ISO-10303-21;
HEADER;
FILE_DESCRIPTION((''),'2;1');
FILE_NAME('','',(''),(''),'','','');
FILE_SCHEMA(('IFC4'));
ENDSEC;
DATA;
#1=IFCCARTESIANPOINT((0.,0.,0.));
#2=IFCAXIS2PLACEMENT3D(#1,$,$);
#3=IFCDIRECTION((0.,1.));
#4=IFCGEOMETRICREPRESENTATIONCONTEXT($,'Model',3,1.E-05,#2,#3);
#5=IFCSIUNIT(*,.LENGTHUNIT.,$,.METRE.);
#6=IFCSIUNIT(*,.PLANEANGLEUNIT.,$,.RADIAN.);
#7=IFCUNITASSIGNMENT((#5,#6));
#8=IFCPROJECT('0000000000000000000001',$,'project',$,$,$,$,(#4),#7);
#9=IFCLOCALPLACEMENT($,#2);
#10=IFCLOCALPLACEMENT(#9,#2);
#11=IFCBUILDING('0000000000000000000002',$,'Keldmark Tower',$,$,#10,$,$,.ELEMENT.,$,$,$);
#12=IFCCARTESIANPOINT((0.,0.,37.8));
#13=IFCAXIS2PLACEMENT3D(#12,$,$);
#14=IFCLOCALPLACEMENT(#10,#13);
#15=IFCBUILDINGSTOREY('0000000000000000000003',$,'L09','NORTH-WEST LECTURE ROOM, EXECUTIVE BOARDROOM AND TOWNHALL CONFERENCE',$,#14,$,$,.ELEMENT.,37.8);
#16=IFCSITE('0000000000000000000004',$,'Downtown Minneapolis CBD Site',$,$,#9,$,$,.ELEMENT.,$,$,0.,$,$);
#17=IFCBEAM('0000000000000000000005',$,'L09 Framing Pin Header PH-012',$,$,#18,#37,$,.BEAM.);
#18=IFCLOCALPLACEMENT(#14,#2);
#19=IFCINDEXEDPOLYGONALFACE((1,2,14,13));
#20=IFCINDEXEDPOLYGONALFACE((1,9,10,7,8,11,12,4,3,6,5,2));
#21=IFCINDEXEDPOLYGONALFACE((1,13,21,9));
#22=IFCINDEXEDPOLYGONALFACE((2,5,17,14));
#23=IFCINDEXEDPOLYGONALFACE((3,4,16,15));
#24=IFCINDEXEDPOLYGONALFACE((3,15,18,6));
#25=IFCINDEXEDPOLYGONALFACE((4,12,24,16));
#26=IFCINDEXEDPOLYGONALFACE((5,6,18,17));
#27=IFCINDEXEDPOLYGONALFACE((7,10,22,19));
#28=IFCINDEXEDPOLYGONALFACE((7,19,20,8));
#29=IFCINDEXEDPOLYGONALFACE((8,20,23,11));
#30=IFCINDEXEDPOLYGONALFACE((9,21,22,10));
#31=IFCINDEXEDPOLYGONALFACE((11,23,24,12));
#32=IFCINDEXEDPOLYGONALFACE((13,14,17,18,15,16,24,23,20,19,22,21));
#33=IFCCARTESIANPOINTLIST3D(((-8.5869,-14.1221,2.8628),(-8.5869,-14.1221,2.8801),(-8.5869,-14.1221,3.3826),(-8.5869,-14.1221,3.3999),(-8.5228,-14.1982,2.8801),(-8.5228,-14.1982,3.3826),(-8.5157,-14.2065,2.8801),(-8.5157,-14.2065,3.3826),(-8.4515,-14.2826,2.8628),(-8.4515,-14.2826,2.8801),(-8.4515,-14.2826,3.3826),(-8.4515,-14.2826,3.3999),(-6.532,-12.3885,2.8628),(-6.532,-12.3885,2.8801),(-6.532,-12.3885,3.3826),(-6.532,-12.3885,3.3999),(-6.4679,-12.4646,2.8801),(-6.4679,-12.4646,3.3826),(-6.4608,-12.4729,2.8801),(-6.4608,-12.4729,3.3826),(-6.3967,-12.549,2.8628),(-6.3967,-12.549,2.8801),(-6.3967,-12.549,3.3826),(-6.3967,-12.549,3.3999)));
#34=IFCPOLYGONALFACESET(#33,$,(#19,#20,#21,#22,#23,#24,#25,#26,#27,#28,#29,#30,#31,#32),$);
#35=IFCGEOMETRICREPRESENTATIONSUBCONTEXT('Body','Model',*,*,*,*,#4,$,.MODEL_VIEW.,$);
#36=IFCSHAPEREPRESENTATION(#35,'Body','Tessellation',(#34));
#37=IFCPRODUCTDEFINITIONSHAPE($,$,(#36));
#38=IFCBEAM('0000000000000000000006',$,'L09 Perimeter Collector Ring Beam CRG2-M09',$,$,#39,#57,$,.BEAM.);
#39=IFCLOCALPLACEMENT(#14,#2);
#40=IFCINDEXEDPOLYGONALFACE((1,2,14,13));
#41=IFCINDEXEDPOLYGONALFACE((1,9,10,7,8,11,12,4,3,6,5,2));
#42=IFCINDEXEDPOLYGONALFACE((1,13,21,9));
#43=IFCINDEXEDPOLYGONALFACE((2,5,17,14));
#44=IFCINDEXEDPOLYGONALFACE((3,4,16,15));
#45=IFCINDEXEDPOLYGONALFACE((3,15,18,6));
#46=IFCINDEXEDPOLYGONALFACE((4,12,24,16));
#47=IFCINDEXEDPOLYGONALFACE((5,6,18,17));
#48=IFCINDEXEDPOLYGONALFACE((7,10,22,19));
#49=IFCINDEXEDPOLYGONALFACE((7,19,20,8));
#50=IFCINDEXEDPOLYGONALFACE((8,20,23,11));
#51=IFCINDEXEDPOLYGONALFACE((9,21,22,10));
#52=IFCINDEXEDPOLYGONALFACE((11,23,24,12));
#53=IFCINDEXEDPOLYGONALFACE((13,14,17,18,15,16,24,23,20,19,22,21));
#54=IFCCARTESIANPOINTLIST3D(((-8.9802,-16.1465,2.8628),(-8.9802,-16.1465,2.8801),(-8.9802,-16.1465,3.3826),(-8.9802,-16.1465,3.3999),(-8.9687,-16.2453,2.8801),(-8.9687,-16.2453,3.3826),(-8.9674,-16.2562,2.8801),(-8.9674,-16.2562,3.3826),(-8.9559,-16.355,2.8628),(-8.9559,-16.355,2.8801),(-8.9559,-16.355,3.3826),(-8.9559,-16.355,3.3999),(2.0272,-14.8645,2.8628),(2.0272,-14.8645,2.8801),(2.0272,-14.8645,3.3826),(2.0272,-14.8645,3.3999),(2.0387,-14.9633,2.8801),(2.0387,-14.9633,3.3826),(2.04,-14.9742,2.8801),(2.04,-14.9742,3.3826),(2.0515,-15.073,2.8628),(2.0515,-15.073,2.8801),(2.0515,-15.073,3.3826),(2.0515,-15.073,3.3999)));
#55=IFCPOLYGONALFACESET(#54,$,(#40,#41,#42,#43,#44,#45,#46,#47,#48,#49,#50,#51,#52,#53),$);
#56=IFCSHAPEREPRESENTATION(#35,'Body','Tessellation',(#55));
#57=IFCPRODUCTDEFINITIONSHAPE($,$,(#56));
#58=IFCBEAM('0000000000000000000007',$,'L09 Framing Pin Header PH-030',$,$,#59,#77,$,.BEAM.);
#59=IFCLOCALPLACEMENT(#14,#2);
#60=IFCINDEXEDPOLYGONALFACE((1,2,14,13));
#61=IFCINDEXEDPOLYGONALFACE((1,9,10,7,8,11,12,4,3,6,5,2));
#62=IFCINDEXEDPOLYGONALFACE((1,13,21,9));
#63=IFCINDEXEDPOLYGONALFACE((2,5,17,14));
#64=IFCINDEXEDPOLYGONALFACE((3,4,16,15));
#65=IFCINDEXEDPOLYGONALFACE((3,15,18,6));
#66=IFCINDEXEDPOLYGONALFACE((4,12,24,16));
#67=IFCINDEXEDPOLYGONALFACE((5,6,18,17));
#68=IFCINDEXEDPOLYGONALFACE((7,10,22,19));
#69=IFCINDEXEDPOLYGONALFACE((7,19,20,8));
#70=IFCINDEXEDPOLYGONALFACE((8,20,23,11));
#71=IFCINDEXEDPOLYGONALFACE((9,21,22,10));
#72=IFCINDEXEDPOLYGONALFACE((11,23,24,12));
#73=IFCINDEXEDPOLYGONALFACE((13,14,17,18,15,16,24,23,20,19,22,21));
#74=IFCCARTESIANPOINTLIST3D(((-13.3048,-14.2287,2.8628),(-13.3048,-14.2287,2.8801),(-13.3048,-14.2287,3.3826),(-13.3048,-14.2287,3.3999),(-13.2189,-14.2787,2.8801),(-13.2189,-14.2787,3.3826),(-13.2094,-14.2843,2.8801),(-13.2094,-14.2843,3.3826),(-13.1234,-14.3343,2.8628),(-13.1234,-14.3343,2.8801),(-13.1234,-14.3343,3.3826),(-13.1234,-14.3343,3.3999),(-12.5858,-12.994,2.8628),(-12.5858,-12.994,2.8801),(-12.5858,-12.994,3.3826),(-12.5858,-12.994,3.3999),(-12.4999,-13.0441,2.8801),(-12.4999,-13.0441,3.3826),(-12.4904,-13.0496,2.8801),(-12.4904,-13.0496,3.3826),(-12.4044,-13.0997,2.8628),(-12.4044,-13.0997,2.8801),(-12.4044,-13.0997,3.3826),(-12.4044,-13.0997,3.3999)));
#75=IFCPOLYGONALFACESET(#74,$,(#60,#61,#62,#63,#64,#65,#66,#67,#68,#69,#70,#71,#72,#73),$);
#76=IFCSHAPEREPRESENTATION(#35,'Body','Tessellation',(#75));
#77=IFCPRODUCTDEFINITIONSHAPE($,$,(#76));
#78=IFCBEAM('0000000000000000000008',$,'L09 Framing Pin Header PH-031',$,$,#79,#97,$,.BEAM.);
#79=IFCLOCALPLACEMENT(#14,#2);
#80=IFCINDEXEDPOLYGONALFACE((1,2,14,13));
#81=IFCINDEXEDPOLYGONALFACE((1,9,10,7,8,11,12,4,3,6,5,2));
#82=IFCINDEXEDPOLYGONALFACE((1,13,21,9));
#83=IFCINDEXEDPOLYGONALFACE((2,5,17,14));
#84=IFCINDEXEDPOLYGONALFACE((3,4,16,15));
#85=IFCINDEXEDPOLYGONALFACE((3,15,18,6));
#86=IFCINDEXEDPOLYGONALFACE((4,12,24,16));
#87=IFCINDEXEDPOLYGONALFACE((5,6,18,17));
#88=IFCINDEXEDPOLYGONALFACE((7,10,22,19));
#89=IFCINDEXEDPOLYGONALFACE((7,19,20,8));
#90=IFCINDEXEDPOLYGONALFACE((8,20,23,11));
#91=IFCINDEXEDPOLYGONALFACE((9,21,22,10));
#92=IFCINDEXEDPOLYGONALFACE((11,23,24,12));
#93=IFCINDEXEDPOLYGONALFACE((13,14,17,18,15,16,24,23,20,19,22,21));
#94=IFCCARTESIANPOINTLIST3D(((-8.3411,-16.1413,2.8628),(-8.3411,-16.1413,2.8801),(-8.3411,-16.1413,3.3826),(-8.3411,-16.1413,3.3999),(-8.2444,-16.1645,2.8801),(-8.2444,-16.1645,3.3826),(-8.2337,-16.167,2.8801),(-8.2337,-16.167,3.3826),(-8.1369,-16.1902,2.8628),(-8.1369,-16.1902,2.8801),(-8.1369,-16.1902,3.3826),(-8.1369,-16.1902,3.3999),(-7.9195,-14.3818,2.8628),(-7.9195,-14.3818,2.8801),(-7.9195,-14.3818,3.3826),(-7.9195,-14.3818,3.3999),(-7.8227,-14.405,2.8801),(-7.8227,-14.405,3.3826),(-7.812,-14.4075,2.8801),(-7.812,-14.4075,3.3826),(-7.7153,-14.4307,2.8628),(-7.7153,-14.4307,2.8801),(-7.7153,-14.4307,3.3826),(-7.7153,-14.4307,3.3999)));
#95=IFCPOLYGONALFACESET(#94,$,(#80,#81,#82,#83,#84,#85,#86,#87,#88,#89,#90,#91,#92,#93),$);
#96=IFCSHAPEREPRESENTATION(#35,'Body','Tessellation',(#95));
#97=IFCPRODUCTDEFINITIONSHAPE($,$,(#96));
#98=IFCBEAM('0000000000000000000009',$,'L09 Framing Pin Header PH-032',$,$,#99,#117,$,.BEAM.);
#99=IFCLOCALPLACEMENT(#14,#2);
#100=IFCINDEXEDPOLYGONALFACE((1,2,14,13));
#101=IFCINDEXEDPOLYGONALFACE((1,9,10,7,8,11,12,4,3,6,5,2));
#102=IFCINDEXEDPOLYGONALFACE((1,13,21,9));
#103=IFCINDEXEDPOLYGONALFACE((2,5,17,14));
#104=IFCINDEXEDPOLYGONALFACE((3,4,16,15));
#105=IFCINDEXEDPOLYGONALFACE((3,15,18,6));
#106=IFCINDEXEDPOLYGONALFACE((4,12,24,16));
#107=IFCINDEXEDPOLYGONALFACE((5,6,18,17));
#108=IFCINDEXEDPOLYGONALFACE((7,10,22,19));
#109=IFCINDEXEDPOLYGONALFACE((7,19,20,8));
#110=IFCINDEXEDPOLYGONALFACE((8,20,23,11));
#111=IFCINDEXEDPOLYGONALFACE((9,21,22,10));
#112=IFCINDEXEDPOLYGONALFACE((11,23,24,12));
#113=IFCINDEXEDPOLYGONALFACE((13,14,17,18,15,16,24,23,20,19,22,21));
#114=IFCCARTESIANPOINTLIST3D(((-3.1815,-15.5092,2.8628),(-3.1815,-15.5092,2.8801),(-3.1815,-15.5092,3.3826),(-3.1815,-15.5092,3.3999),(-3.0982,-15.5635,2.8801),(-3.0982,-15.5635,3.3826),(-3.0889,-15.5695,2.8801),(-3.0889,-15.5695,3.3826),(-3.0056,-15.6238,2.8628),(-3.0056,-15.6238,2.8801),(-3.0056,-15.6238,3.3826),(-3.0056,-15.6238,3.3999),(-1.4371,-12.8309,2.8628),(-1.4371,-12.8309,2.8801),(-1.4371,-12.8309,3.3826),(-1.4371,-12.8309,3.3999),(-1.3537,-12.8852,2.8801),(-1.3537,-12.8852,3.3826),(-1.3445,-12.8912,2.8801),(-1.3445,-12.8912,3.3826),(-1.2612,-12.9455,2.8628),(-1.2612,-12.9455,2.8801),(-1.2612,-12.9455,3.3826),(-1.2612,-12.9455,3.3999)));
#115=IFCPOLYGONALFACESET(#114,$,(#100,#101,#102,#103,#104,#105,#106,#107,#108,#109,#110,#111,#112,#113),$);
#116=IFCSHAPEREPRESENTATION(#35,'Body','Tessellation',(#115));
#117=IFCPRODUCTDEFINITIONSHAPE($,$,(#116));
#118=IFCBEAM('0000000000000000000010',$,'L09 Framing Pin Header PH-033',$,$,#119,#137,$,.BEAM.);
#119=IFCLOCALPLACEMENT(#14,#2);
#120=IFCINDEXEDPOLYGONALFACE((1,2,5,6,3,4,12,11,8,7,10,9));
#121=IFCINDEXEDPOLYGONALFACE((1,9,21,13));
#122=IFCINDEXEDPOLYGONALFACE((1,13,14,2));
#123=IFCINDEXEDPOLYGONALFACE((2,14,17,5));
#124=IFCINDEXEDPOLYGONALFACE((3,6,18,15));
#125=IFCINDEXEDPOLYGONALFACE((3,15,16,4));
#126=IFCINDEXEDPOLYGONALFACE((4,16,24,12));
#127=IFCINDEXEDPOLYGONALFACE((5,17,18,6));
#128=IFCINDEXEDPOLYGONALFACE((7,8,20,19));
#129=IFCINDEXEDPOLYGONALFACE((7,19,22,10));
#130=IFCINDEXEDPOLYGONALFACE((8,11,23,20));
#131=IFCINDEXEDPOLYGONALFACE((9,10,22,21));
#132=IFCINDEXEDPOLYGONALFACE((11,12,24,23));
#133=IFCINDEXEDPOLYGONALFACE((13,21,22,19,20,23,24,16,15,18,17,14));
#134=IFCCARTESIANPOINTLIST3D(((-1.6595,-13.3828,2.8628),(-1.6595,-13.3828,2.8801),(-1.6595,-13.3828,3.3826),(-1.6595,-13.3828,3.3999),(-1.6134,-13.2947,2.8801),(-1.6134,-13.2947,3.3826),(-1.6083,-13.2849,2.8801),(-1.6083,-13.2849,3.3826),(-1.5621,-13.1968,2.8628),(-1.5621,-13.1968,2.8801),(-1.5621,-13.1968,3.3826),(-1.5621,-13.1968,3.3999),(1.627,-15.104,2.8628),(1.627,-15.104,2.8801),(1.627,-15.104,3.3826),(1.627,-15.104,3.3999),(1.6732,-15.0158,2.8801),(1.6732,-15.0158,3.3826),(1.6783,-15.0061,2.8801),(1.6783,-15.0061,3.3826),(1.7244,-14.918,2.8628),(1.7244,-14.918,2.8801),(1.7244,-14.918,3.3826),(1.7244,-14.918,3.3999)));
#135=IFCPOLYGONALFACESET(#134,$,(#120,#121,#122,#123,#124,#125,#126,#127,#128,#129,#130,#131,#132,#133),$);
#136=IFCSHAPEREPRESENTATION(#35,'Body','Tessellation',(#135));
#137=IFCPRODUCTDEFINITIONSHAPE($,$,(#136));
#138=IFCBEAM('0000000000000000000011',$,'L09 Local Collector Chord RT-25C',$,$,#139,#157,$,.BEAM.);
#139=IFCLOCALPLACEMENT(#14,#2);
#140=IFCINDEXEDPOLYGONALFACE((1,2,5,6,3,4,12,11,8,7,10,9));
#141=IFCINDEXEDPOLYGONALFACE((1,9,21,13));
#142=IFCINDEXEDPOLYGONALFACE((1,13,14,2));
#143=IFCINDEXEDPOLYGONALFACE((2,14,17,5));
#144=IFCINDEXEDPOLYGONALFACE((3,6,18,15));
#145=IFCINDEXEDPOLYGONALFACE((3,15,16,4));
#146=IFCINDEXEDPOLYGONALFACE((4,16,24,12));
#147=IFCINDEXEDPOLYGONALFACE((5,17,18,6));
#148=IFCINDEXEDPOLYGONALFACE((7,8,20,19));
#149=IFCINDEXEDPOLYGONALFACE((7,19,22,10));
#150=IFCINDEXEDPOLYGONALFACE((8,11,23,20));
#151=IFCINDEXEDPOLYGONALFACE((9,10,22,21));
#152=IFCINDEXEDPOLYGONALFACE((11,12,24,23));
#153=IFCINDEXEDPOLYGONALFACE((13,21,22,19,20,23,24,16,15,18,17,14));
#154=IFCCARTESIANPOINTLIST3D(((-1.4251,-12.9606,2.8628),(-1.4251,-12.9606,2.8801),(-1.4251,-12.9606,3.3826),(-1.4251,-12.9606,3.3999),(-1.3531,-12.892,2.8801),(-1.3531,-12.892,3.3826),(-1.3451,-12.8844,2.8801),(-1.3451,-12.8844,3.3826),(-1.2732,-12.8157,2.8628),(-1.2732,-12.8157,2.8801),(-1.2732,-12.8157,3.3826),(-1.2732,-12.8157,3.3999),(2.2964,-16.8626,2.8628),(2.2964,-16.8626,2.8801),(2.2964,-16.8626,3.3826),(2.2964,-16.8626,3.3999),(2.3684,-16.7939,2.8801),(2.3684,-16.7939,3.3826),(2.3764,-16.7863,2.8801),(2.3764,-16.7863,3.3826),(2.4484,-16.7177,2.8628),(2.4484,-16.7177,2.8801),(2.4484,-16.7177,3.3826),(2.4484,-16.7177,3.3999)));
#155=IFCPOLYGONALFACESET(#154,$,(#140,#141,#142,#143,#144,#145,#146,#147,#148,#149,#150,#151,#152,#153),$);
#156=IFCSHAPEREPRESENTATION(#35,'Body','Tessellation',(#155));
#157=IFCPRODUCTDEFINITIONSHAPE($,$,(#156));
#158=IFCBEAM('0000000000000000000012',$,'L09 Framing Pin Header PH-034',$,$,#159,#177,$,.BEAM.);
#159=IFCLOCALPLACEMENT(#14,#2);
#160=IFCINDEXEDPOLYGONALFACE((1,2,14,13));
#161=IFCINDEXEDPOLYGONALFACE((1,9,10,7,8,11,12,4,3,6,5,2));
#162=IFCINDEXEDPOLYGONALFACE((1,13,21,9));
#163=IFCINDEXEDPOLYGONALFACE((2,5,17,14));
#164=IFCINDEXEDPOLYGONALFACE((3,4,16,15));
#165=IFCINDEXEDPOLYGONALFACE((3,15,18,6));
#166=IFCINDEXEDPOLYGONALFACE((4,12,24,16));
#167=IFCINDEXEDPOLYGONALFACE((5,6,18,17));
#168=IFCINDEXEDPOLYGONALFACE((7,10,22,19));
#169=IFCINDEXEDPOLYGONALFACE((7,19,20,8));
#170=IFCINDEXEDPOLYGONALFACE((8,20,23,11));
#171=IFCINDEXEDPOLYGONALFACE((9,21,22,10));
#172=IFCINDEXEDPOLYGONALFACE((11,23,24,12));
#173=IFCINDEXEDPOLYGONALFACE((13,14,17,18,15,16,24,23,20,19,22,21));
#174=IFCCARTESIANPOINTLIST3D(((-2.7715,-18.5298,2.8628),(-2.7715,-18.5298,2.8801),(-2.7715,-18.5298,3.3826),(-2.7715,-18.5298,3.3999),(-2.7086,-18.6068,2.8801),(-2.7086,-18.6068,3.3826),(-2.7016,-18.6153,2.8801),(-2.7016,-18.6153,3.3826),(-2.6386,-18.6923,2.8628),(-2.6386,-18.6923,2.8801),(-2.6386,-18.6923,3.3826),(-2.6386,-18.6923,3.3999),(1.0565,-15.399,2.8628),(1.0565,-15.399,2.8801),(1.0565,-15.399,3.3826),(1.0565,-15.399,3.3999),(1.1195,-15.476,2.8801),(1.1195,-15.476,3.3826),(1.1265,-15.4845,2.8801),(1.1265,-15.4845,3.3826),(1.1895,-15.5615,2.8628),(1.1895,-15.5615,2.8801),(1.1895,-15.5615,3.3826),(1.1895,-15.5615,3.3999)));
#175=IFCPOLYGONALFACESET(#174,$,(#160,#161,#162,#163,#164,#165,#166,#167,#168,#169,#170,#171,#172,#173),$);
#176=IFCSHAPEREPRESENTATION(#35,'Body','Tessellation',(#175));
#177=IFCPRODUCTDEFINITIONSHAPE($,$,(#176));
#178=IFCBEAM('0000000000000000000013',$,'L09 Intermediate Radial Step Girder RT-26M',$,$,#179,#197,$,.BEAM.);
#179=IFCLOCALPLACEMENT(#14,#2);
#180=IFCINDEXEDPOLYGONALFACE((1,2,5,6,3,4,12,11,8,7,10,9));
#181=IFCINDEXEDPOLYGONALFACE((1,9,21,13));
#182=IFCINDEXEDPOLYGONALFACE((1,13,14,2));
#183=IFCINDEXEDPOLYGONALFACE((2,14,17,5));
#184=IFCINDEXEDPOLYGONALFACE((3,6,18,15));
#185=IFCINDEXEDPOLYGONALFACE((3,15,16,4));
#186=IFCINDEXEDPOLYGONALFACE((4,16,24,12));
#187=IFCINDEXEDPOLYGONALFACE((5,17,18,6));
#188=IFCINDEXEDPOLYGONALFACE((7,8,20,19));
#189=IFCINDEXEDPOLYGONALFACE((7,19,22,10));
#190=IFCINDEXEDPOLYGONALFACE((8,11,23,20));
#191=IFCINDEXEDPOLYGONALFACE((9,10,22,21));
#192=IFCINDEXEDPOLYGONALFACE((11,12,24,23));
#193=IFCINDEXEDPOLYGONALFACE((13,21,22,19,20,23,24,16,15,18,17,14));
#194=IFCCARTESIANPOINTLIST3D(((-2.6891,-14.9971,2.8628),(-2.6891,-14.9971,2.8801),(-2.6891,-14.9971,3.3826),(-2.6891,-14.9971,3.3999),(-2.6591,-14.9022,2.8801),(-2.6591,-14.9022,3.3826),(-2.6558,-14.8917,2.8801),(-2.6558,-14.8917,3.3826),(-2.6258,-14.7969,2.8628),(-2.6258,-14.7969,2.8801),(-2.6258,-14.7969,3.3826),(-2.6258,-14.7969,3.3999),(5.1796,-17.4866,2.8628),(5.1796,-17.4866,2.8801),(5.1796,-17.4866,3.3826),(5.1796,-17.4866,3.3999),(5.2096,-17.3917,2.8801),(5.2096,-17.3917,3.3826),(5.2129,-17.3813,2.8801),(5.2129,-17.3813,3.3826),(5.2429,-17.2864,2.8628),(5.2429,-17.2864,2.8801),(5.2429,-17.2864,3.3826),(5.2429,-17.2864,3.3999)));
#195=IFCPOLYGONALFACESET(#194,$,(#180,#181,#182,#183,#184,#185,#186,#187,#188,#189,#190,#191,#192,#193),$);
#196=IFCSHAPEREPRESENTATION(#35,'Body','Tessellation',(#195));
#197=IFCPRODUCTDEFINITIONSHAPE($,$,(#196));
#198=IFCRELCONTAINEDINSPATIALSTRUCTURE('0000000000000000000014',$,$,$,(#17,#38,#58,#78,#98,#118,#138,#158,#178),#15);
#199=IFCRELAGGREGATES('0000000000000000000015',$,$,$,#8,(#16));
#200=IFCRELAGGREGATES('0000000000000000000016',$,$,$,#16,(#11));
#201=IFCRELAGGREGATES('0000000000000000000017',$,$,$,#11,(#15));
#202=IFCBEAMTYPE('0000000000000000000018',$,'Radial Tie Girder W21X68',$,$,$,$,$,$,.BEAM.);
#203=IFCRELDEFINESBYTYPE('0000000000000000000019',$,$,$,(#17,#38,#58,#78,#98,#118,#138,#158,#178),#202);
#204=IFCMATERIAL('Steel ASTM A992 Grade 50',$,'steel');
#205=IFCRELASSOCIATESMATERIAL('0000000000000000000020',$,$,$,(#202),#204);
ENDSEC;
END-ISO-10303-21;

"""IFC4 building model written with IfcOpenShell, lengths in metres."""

from ifc_helpers import new_model, si_unit, direction, frame, origin, origin_2d, place, context, subcontext, project, spatial, i_section, extrude, material, material_profile, profile_set, type_object, element, save


model = new_model("IFC4")

# Units and contexts
model_context = context("Model", 3, precision=1e-05, world=origin(), true_north=direction((0.0, 1.0)))
body_context = subcontext(model_context, "Body", "Model", "MODEL_VIEW")
ifc_project = project(units=[si_unit("LENGTHUNIT", "METRE"), si_unit("PLANEANGLEUNIT", "RADIAN")], contexts=[model_context])

# Site, building, storey
site_placement = place(None, origin())
site = spatial("IfcSite", under=ifc_project, at=site_placement, Name="Downtown Minneapolis CBD Site", CompositionType="ELEMENT", RefElevation=0.0)
building_placement = place(site_placement, origin())
building = spatial("IfcBuilding", under=site, at=building_placement, Name="Keldmark Tower", CompositionType="ELEMENT")
storey_placement = place(building_placement, frame((0.0, 0.0, 37.8)))
storey = spatial("IfcBuildingStorey", under=building, at=storey_placement, Name="L09", Description="NORTH-WEST LECTURE ROOM, EXECUTIVE BOARDROOM AND TOWNHALL CONFERENCE", CompositionType="ELEMENT", Elevation=37.8)

# Beams
ifc_material_1 = material(Name="Steel ASTM A992 Grade 50", Category="steel")
ifc_material_profile_1 = material_profile(ifc_material_1, i_section(OverallWidth=0.21, OverallDepth=0.5371, WebThickness=0.011, FlangeThickness=0.0173, at=origin_2d()), Name="W21X68")
ifc_profile_set_1 = profile_set([ifc_material_profile_1], Name="Steel ASTM A992 Grade 50")
beam_type_1 = type_object("IfcBeamType", Name="Radial Tie Girder W21X68", PredefinedType="BEAM", material=ifc_profile_set_1)
beam_1_placement = place(storey_placement, frame((-6.4644, -12.4688, 3.1313), z_axis=(-0.764329, -0.644826, 0.0), x_axis=(0.644826, -0.764329, 0.0)))
element("IfcBeam", 1, at=beam_1_placement, inside=storey, type_object=beam_type_1, Name="L09 Framing Pin Header PH-012", PredefinedType="BEAM", context=body_context, shape_type="SweptSolid", body=[
    extrude(i_section(OverallWidth=0.21, OverallDepth=0.5371, WebThickness=0.011, FlangeThickness=0.0173, at=origin_2d()), origin(), (0.0, 0.0, 1.0), 2.6885),
])
beam_2_placement = place(storey_placement, frame((-8.968, -16.2507, 3.1313), z_axis=(0.993286, 0.115684, 0.0), x_axis=(-0.115684, 0.993286, 0.0)))
element("IfcBeam", 2, at=beam_2_placement, inside=storey, type_object=beam_type_1, Name="L09 Perimeter Collector Ring Beam CRG2-M09", PredefinedType="BEAM", context=body_context, shape_type="SweptSolid", body=[
    extrude(i_section(OverallWidth=0.21, OverallDepth=0.5371, WebThickness=0.011, FlangeThickness=0.0173, at=origin_2d()), origin(), (0.0, 0.0, 1.0), 11.0818),
])
beam_3_placement = place(storey_placement, frame((-12.4951, -13.0469, 3.1313), z_axis=(-0.503244, -0.864144, 0.0), x_axis=(0.864144, -0.503244, 0.0)))
element("IfcBeam", 3, at=beam_3_placement, inside=storey, type_object=beam_type_1, Name="L09 Framing Pin Header PH-030", PredefinedType="BEAM", context=body_context, shape_type="SweptSolid", body=[
    extrude(i_section(OverallWidth=0.21, OverallDepth=0.5371, WebThickness=0.011, FlangeThickness=0.0173, at=origin_2d()), origin(), (0.0, 0.0, 1.0), 1.4287),
])
beam_4_placement = place(storey_placement, frame((-7.8174, -14.4062, 3.1313), z_axis=(-0.233031, -0.972469, 0.0), x_axis=(0.972469, -0.233031, 0.0)))
element("IfcBeam", 4, at=beam_4_placement, inside=storey, type_object=beam_type_1, Name="L09 Framing Pin Header PH-031", PredefinedType="BEAM", context=body_context, shape_type="SweptSolid", body=[
    extrude(i_section(OverallWidth=0.21, OverallDepth=0.5371, WebThickness=0.011, FlangeThickness=0.0173, at=origin_2d()), origin(), (0.0, 0.0, 1.0), 1.8093),
])
beam_5_placement = place(storey_placement, frame((-1.3491, -12.8882, 3.1313), z_axis=(-0.545767, -0.837937, 0.0), x_axis=(0.837937, -0.545767, 0.0)))
element("IfcBeam", 5, at=beam_5_placement, inside=storey, type_object=beam_type_1, Name="L09 Framing Pin Header PH-032", PredefinedType="BEAM", context=body_context, shape_type="SweptSolid", body=[
    extrude(i_section(OverallWidth=0.21, OverallDepth=0.5371, WebThickness=0.011, FlangeThickness=0.0173, at=origin_2d()), origin(), (0.0, 0.0, 1.0), 3.1963),
])
beam_6_placement = place(storey_placement, frame((-1.6108, -13.2898, 3.1313), z_axis=(0.885873, -0.463928, 0.0), x_axis=(0.463928, 0.885873, 0.0)))
element("IfcBeam", 6, at=beam_6_placement, inside=storey, type_object=beam_type_1, Name="L09 Framing Pin Header PH-033", PredefinedType="BEAM", context=body_context, shape_type="SweptSolid", body=[
    extrude(i_section(OverallWidth=0.21, OverallDepth=0.5371, WebThickness=0.011, FlangeThickness=0.0173, at=origin_2d()), origin(), (0.0, 0.0, 1.0), 3.71),
])
beam_7_placement = place(storey_placement, frame((-1.3491, -12.8882, 3.1313), z_axis=(0.690178, -0.723639, 0.0), x_axis=(0.723639, 0.690178, 0.0)))
element("IfcBeam", 7, at=beam_7_placement, inside=storey, type_object=beam_type_1, Name="L09 Local Collector Chord RT-25C", PredefinedType="BEAM", context=body_context, shape_type="SweptSolid", body=[
    extrude(i_section(OverallWidth=0.21, OverallDepth=0.5371, WebThickness=0.011, FlangeThickness=0.0173, at=origin_2d()), origin(), (0.0, 0.0, 1.0), 5.3921),
])
beam_8_placement = place(storey_placement, frame((-2.7051, -18.6111, 3.1313), z_axis=(0.77408, 0.633087, 0.0), x_axis=(-0.633087, 0.77408, 0.0)))
element("IfcBeam", 8, at=beam_8_placement, inside=storey, type_object=beam_type_1, Name="L09 Framing Pin Header PH-034", PredefinedType="BEAM", context=body_context, shape_type="SweptSolid", body=[
    extrude(i_section(OverallWidth=0.21, OverallDepth=0.5371, WebThickness=0.011, FlangeThickness=0.0173, at=origin_2d()), origin(), (0.0, 0.0, 1.0), 4.9453),
])
beam_9_placement = place(storey_placement, frame((-2.6575, -14.897, 3.1313), z_axis=(0.95342, -0.301645, 0.0), x_axis=(0.301645, 0.95342, 0.0)))
element("IfcBeam", 9, at=beam_9_placement, inside=storey, type_object=beam_type_1, Name="L09 Intermediate Radial Step Girder RT-26M", PredefinedType="BEAM", context=body_context, shape_type="SweptSolid", body=[
    extrude(i_section(OverallWidth=0.21, OverallDepth=0.5371, WebThickness=0.011, FlangeThickness=0.0173, at=origin_2d()), origin(), (0.0, 0.0, 1.0), 8.2532),
])

save(model, "model.ifc")
